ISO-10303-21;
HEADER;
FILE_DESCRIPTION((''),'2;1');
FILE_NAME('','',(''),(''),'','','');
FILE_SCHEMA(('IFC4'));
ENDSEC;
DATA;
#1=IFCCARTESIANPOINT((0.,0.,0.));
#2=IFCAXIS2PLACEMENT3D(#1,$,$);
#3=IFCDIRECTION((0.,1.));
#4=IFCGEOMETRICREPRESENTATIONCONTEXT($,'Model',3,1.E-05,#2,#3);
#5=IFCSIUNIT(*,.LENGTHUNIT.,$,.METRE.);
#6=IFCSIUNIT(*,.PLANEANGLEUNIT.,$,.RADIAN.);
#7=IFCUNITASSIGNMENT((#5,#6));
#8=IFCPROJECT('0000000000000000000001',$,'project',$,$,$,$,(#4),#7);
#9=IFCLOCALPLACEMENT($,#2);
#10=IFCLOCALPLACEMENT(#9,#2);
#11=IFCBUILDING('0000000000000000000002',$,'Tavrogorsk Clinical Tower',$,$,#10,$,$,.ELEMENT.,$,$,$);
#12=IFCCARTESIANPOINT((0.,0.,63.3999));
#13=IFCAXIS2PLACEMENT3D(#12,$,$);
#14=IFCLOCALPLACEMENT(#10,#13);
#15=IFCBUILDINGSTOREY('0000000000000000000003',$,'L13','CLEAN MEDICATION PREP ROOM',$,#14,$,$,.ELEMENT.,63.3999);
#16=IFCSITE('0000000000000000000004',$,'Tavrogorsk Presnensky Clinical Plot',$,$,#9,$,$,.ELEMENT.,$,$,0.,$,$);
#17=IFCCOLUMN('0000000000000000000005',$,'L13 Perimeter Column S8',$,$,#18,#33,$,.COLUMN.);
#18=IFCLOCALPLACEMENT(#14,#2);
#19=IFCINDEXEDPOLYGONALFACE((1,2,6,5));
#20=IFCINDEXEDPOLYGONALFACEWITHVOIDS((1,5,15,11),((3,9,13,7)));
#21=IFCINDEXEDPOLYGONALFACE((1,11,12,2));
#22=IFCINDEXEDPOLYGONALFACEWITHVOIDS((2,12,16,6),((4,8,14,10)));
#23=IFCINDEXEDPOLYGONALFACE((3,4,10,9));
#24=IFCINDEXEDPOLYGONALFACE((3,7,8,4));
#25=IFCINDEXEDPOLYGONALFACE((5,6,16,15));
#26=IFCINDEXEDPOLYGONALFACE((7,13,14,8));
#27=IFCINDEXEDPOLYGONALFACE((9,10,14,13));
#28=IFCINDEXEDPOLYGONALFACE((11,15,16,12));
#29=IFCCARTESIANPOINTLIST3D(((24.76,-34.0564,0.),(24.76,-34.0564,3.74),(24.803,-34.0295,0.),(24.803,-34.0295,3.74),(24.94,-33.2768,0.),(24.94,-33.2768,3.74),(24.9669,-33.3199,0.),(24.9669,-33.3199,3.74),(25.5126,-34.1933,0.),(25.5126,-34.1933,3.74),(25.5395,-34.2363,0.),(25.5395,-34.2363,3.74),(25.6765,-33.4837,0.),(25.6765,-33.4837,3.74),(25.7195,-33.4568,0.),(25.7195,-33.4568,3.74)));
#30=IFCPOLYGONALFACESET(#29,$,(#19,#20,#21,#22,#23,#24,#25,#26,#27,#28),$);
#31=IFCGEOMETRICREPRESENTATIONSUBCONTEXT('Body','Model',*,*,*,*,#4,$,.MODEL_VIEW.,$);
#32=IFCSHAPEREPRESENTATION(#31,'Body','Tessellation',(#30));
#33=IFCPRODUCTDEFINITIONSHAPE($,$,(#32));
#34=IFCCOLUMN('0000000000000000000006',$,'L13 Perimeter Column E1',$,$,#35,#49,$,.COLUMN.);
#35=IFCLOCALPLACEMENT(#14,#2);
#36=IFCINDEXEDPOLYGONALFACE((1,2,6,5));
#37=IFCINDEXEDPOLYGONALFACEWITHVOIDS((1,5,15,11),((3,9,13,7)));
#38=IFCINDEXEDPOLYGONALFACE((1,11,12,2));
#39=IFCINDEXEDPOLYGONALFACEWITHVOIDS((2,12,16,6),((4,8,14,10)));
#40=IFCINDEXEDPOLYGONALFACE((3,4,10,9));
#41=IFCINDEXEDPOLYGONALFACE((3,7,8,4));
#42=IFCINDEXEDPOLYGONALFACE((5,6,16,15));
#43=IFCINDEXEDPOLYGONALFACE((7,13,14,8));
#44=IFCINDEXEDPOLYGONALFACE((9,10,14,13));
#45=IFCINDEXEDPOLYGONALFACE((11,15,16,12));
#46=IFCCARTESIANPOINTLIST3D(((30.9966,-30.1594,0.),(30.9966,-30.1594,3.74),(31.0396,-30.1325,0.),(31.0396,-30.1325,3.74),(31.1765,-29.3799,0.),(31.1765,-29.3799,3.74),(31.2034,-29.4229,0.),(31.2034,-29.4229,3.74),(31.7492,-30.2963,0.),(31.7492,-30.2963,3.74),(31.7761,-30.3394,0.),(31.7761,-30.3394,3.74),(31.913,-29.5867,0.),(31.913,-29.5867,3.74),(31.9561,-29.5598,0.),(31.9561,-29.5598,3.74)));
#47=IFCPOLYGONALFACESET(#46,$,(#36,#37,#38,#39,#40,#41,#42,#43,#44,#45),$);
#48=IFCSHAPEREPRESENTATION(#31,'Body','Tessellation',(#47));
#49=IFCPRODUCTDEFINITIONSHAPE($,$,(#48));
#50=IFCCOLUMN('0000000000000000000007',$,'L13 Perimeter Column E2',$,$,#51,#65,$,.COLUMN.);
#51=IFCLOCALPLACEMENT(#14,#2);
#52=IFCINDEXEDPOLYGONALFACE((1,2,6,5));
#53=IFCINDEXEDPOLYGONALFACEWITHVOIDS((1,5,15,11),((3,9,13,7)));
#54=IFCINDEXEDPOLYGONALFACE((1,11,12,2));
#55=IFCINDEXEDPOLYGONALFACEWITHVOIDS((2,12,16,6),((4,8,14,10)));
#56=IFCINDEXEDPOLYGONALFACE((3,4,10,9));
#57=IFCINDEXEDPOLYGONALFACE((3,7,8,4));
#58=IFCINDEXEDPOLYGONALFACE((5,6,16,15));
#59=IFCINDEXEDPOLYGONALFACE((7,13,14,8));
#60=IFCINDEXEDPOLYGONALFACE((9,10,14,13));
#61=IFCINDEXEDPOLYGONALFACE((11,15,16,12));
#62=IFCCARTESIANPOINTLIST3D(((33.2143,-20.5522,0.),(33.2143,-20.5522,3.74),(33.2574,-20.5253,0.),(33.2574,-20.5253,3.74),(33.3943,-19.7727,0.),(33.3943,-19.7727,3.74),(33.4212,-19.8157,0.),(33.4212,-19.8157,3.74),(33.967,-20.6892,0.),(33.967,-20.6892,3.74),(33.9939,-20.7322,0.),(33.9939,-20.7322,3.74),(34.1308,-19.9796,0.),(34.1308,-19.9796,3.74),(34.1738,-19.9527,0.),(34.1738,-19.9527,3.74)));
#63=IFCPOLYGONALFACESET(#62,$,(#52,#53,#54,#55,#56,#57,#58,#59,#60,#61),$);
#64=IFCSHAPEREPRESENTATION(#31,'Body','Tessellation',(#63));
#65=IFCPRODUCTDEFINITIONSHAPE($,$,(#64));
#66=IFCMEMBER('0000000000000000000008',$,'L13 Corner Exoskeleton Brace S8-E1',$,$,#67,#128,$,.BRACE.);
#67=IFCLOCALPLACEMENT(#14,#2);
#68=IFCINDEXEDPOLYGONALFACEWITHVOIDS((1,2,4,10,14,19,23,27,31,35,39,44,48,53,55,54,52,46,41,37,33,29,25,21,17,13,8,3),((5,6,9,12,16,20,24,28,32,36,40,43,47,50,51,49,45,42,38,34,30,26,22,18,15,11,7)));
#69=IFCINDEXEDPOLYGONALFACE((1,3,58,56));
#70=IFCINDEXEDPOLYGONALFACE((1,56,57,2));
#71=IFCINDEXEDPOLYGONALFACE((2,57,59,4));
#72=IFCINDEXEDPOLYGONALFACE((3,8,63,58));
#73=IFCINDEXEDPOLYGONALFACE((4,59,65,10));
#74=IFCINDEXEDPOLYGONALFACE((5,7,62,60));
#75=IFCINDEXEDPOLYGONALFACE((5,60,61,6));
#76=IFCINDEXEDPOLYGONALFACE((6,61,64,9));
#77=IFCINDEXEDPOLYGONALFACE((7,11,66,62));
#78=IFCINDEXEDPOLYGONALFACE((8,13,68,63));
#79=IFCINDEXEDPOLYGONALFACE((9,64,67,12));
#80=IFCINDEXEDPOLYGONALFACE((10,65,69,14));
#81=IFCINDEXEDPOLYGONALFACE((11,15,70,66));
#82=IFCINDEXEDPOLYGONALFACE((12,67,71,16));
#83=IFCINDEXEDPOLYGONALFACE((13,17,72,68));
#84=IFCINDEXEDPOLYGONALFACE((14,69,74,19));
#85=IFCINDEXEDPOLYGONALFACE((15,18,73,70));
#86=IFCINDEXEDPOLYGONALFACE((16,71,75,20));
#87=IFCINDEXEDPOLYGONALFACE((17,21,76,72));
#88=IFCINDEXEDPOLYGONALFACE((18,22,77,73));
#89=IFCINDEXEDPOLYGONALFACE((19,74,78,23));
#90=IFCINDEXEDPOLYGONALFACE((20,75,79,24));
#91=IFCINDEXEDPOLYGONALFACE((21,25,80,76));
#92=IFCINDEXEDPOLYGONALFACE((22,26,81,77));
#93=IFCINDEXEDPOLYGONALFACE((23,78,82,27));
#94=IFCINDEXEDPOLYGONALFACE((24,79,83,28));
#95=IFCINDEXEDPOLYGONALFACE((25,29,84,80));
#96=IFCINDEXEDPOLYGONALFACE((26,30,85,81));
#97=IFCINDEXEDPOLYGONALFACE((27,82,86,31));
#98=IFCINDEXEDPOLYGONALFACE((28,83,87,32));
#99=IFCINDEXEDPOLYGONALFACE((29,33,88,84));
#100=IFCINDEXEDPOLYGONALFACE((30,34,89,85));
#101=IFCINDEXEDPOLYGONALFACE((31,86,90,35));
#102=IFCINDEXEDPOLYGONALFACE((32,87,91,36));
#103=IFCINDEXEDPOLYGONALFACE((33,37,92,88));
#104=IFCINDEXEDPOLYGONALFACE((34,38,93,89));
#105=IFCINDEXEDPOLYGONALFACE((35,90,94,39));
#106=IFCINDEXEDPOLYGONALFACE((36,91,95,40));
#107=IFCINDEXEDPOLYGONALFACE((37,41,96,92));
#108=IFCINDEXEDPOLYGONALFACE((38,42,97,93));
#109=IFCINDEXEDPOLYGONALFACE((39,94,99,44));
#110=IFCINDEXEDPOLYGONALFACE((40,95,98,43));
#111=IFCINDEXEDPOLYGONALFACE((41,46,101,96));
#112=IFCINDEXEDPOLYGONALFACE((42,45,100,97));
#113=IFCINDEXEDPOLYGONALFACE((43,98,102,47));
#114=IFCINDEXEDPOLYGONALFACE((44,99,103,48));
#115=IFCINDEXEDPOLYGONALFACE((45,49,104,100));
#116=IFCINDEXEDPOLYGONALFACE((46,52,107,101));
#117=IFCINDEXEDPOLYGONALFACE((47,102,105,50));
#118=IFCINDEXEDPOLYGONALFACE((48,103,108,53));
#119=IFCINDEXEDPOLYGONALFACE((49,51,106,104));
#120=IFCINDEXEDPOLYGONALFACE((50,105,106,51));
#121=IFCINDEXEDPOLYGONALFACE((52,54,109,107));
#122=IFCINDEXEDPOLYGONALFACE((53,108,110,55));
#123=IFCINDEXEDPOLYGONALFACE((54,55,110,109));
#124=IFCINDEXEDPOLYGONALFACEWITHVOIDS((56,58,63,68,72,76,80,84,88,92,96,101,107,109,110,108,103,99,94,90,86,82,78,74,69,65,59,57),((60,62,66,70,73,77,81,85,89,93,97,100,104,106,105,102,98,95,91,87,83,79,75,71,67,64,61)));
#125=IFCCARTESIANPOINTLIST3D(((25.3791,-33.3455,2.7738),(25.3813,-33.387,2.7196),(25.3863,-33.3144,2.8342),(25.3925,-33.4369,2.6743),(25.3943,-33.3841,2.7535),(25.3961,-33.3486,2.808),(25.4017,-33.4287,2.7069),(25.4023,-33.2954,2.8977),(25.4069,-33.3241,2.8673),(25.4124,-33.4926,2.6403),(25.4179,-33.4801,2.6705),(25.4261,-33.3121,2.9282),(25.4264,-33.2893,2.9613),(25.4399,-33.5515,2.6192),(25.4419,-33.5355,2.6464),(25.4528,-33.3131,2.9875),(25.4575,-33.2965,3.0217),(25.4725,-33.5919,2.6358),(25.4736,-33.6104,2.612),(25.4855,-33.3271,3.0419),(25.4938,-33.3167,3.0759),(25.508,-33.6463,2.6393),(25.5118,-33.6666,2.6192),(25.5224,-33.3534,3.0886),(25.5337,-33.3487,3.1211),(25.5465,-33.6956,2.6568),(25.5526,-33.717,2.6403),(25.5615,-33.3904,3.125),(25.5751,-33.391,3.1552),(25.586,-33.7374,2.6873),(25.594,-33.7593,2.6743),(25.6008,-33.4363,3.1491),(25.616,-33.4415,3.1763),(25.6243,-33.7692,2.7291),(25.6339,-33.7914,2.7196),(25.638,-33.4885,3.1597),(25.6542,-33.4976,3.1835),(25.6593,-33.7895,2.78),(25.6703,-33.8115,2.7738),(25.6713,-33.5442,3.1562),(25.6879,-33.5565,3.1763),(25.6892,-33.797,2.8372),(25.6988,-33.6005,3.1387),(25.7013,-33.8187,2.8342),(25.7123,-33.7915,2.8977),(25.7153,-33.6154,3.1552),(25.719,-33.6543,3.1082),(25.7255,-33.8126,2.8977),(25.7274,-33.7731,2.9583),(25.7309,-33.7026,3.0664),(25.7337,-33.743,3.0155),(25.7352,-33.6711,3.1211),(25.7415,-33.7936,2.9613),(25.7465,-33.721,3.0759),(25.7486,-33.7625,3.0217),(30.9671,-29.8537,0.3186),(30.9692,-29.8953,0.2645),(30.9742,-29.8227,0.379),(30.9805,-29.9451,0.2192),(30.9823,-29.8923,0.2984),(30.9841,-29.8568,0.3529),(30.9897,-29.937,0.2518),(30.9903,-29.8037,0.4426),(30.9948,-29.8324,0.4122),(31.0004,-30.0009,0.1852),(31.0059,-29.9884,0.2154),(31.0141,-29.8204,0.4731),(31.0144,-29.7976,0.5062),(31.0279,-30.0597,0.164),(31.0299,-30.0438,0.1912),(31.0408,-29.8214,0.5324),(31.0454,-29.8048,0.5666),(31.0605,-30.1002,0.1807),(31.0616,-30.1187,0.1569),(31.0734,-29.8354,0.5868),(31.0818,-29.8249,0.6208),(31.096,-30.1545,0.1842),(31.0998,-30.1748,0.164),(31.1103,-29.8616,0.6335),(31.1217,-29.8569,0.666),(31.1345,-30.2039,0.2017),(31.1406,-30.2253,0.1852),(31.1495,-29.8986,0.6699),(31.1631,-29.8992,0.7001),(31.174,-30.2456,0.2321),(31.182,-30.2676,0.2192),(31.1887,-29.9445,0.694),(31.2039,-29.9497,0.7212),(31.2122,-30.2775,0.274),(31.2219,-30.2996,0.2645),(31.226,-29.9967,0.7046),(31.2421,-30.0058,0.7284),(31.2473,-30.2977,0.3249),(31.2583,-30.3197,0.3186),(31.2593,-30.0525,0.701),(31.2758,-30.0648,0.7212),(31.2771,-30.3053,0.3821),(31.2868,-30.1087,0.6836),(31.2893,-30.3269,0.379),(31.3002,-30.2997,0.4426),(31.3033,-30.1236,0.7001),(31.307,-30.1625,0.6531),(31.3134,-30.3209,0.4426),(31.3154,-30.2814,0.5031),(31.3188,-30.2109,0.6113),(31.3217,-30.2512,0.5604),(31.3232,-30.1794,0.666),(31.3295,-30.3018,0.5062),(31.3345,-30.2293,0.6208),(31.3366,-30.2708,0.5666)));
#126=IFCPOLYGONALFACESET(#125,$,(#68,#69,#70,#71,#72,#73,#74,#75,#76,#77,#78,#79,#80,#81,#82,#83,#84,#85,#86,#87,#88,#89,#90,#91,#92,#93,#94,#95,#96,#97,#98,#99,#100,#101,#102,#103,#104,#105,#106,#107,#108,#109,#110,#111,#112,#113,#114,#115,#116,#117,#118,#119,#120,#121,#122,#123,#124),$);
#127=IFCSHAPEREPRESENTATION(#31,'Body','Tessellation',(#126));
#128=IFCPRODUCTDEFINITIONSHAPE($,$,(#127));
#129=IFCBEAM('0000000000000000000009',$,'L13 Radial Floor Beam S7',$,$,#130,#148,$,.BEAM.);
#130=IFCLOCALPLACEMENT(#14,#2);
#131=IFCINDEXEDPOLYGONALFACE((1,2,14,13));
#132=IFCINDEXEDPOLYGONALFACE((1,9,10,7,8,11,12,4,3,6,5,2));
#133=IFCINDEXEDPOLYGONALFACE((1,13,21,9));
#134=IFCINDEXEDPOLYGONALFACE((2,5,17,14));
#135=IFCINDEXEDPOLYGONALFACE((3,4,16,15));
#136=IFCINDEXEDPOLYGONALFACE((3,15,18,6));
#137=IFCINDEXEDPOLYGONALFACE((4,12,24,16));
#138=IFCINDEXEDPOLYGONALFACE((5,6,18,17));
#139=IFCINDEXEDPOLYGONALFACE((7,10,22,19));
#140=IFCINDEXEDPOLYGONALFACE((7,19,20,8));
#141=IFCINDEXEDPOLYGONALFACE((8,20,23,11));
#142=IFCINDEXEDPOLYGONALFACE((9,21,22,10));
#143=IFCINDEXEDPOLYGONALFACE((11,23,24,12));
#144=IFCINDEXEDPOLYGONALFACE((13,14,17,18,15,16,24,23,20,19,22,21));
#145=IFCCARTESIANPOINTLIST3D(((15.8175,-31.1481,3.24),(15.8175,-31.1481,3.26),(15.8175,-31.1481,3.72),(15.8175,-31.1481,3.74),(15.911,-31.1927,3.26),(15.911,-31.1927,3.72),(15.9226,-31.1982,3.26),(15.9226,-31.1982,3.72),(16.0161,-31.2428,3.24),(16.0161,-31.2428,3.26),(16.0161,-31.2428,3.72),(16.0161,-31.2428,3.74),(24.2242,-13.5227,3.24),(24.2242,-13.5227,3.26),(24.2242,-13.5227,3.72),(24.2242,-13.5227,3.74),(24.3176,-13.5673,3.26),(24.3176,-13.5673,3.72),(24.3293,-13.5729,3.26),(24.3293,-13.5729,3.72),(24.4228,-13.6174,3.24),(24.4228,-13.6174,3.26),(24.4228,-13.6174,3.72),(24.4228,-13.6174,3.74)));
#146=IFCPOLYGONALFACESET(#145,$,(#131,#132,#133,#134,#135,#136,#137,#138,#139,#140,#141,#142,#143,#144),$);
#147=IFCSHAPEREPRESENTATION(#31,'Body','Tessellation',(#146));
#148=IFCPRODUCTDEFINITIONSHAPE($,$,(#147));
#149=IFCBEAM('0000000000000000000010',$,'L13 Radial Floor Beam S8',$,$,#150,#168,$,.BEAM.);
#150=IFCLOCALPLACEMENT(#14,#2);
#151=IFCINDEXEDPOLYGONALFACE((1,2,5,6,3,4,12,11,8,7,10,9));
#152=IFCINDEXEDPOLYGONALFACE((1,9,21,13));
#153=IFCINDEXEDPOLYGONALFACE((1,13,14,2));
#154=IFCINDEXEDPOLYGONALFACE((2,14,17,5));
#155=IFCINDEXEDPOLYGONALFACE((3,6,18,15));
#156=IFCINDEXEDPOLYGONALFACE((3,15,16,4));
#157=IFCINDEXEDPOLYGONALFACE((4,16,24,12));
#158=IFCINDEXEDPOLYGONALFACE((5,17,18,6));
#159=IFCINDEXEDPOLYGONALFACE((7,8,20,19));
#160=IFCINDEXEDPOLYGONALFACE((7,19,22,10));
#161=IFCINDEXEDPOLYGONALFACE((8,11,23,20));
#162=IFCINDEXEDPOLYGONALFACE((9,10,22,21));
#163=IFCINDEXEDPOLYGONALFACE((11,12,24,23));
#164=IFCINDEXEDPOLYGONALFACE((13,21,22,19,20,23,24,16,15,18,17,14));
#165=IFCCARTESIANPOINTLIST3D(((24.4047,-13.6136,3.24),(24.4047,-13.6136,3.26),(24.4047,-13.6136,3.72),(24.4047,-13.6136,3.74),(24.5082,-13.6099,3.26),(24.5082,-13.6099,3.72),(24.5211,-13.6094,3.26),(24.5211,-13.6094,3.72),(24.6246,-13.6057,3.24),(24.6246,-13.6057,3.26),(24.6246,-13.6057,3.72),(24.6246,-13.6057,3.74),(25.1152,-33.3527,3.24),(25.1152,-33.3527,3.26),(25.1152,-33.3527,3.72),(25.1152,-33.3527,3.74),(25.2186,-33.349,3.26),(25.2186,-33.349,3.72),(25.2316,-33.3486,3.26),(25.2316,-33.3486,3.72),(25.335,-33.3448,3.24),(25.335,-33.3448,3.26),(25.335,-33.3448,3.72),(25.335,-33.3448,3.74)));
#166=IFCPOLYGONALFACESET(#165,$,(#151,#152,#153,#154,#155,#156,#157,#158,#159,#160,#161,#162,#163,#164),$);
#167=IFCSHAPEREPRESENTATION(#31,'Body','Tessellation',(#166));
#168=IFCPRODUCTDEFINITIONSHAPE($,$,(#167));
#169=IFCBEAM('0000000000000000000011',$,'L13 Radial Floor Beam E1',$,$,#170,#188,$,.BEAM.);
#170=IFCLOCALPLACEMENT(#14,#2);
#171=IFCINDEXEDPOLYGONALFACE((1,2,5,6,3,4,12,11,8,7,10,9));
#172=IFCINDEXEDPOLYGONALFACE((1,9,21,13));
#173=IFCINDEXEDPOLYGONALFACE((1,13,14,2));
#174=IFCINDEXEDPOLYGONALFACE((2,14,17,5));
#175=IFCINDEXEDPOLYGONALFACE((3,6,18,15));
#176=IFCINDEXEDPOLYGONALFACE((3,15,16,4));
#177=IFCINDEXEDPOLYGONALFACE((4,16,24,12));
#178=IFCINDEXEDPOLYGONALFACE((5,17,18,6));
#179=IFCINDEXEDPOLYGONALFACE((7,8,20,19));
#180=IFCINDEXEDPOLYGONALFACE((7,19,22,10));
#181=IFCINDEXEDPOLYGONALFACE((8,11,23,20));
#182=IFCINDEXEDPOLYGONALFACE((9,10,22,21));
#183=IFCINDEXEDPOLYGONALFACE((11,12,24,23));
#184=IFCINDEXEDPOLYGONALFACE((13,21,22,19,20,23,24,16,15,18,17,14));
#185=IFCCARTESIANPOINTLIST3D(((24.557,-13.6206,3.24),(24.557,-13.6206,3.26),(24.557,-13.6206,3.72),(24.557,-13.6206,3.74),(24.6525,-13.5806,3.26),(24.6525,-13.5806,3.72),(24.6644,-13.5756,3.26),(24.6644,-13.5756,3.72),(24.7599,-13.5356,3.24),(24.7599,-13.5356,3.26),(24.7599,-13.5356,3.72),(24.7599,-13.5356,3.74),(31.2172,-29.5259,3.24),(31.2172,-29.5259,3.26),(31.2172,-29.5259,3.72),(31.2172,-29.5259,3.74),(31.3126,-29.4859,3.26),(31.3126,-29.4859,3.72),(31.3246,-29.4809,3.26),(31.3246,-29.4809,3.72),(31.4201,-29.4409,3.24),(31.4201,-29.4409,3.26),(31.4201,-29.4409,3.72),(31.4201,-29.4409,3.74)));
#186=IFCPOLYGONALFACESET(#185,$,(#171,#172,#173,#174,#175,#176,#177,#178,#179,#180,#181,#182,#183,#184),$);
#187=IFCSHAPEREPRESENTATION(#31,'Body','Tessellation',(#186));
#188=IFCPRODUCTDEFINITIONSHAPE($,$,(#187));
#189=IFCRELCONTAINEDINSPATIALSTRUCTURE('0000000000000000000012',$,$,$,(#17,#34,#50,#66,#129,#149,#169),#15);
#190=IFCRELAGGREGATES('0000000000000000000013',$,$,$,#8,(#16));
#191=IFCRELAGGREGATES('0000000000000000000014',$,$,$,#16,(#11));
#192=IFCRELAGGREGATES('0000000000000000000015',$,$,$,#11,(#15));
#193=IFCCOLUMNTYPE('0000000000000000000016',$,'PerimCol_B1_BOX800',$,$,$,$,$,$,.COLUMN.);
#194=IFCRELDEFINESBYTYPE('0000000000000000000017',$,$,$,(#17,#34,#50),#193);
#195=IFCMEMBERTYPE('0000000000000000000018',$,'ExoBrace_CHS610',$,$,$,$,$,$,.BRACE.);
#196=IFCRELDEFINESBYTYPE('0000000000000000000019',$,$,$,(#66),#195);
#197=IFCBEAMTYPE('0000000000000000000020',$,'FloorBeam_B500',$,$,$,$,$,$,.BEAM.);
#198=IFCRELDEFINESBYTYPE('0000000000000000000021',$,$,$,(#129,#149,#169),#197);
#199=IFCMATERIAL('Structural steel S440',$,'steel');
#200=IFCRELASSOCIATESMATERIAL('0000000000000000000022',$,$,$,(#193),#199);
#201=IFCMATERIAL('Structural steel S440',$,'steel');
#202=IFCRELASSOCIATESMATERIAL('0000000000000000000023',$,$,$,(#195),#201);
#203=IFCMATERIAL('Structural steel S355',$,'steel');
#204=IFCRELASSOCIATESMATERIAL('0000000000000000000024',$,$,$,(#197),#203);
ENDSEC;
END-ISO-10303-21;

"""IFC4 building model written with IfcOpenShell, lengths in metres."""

from ifc_helpers import new_model, si_unit, direction, frame, origin, origin_2d, place, context, subcontext, project, spatial, hollow_rectangle, hollow_circle, i_section, extrude, material, material_profile, profile_set, type_object, element, save


model = new_model("IFC4")

# Units and contexts
model_context = context("Model", 3, precision=1e-05, world=origin(), true_north=direction((0.0, 1.0)))
body_context = subcontext(model_context, "Body", "Model", "MODEL_VIEW")
ifc_project = project(units=[si_unit("LENGTHUNIT", "METRE"), si_unit("PLANEANGLEUNIT", "RADIAN")], contexts=[model_context])

# Site, building, storey
site_placement = place(None, origin())
site = spatial("IfcSite", under=ifc_project, at=site_placement, Name="Tavrogorsk Presnensky Clinical Plot", CompositionType="ELEMENT", RefElevation=0.0)
building_placement = place(site_placement, origin())
building = spatial("IfcBuilding", under=site, at=building_placement, Name="Tavrogorsk Clinical Tower", CompositionType="ELEMENT")
storey_placement = place(building_placement, frame((0.0, 0.0, 63.3999)))
storey = spatial("IfcBuildingStorey", under=building, at=storey_placement, Name="L13", Description="CLEAN MEDICATION PREP ROOM", CompositionType="ELEMENT", Elevation=63.3999)

# Columns
ifc_material_1 = material(Name="Structural steel S440", Category="steel")
ifc_material_profile_1 = material_profile(ifc_material_1, hollow_rectangle(XDim=0.8, YDim=0.8, WallThickness=0.0359, at=origin_2d()), Name="BOX-800x800x36")
ifc_profile_set_1 = profile_set([ifc_material_profile_1], Name="Structural steel S440")
column_type = type_object("IfcColumnType", Name="PerimCol_B1_BOX800", PredefinedType="COLUMN", material=ifc_profile_set_1)
for number, where, z_axis, x_axis, name in (
    (1, (25.2397, -33.7566, 0.0), (0.0, 0.0, 1.0), (0.97437, -0.224951, 0.0), "L13 Perimeter Column S8"),
    (2, (31.4763, -29.8596, 0.0), (0.0, 0.0, 1.0), (0.97437, -0.224951, 0.0), "L13 Perimeter Column E1"),
    (3, (33.6941, -20.2524, 0.0), (0.0, 0.0, 1.0), (0.97437, -0.224951, 0.0), "L13 Perimeter Column E2"),
):
    element("IfcColumn", number, at=place(storey_placement, frame(where, z_axis=z_axis, x_axis=x_axis)), inside=storey, type_object=column_type, Name=name, PredefinedType="COLUMN", context=body_context, shape_type="SweptSolid", body=[
        extrude(hollow_rectangle(XDim=0.8, YDim=0.8, WallThickness=0.0359, at=origin_2d()), origin(), (0.0, 0.0, 1.0), 3.74),
    ])

# Member
ifc_material_2 = material(Name="Structural steel S440", Category="steel")
ifc_material_profile_2 = material_profile(ifc_material_2, hollow_circle(Radius=0.3049, WallThickness=0.0249, at=origin_2d()), Name="CHS-610x25")
ifc_profile_set_2 = profile_set([ifc_material_profile_2], Name="Structural steel S440")
member_type_1 = type_object("IfcMemberType", Name="ExoBrace_CHS610", PredefinedType="BRACE", material=ifc_profile_set_2)
member_1_placement = place(storey_placement, frame((31.1519, -30.0623, 0.4426), z_axis=(-0.794679, -0.49657, 0.349148), x_axis=(0.529919, -0.848048, 0.0)))
element("IfcMember", 4, at=member_1_placement, inside=storey, type_object=member_type_1, Name="L13 Corner Exoskeleton Brace S8-E1", PredefinedType="BRACE", context=body_context, shape_type="SweptSolid", body=[
    extrude(hollow_circle(Radius=0.3049, WallThickness=0.0249, at=origin_2d()), origin(), (0.0, 0.0, 1.0), 7.0317),
])

# Beams
ifc_material_3 = material(Name="Structural steel S355", Category="steel")
ifc_material_profile_3 = material_profile(ifc_material_3, i_section(OverallWidth=0.22, OverallDepth=0.5, WebThickness=0.0129, FlangeThickness=0.02, at=origin_2d()), Name="B-500x220x13x20")
ifc_profile_set_3 = profile_set([ifc_material_profile_3], Name="Structural steel S355")
beam_type_1 = type_object("IfcBeamType", Name="FloorBeam_B500", PredefinedType="BEAM", material=ifc_profile_set_3)
beam_1_placement = place(storey_placement, frame((24.3235, -13.5701, 3.49), z_axis=(-0.430503, -0.902589, 0.0), x_axis=(0.902589, -0.430503, 0.0)))
element("IfcBeam", 5, at=beam_1_placement, inside=storey, type_object=beam_type_1, Name="L13 Radial Floor Beam S7", PredefinedType="BEAM", context=body_context, shape_type="SweptSolid", body=[
    extrude(i_section(OverallWidth=0.22, OverallDepth=0.5, WebThickness=0.0129, FlangeThickness=0.02, at=origin_2d()), origin(), (0.0, 0.0, 1.0), 19.5276),
])
beam_2_placement = place(storey_placement, frame((24.5146, -13.6096, 3.49), z_axis=(0.035968, -0.999353, 0.0), x_axis=(0.999353, 0.035968, 0.0)))
element("IfcBeam", 6, at=beam_2_placement, inside=storey, type_object=beam_type_1, Name="L13 Radial Floor Beam S8", PredefinedType="BEAM", context=body_context, shape_type="SweptSolid", body=[
    extrude(i_section(OverallWidth=0.22, OverallDepth=0.5, WebThickness=0.0129, FlangeThickness=0.02, at=origin_2d()), origin(), (0.0, 0.0, 1.0), 19.752),
])
beam_3_placement = place(storey_placement, frame((24.6584, -13.5781, 3.49), z_axis=(0.386243, -0.922397, 0.0), x_axis=(0.922397, 0.386243, 0.0)))
element("IfcBeam", 7, at=beam_3_placement, inside=storey, type_object=beam_type_1, Name="L13 Radial Floor Beam E1", PredefinedType="BEAM", context=body_context, shape_type="SweptSolid", body=[
    extrude(i_section(OverallWidth=0.22, OverallDepth=0.5, WebThickness=0.0129, FlangeThickness=0.02, at=origin_2d()), origin(), (0.0, 0.0, 1.0), 17.2434),
])

save(model, "model.ifc")
